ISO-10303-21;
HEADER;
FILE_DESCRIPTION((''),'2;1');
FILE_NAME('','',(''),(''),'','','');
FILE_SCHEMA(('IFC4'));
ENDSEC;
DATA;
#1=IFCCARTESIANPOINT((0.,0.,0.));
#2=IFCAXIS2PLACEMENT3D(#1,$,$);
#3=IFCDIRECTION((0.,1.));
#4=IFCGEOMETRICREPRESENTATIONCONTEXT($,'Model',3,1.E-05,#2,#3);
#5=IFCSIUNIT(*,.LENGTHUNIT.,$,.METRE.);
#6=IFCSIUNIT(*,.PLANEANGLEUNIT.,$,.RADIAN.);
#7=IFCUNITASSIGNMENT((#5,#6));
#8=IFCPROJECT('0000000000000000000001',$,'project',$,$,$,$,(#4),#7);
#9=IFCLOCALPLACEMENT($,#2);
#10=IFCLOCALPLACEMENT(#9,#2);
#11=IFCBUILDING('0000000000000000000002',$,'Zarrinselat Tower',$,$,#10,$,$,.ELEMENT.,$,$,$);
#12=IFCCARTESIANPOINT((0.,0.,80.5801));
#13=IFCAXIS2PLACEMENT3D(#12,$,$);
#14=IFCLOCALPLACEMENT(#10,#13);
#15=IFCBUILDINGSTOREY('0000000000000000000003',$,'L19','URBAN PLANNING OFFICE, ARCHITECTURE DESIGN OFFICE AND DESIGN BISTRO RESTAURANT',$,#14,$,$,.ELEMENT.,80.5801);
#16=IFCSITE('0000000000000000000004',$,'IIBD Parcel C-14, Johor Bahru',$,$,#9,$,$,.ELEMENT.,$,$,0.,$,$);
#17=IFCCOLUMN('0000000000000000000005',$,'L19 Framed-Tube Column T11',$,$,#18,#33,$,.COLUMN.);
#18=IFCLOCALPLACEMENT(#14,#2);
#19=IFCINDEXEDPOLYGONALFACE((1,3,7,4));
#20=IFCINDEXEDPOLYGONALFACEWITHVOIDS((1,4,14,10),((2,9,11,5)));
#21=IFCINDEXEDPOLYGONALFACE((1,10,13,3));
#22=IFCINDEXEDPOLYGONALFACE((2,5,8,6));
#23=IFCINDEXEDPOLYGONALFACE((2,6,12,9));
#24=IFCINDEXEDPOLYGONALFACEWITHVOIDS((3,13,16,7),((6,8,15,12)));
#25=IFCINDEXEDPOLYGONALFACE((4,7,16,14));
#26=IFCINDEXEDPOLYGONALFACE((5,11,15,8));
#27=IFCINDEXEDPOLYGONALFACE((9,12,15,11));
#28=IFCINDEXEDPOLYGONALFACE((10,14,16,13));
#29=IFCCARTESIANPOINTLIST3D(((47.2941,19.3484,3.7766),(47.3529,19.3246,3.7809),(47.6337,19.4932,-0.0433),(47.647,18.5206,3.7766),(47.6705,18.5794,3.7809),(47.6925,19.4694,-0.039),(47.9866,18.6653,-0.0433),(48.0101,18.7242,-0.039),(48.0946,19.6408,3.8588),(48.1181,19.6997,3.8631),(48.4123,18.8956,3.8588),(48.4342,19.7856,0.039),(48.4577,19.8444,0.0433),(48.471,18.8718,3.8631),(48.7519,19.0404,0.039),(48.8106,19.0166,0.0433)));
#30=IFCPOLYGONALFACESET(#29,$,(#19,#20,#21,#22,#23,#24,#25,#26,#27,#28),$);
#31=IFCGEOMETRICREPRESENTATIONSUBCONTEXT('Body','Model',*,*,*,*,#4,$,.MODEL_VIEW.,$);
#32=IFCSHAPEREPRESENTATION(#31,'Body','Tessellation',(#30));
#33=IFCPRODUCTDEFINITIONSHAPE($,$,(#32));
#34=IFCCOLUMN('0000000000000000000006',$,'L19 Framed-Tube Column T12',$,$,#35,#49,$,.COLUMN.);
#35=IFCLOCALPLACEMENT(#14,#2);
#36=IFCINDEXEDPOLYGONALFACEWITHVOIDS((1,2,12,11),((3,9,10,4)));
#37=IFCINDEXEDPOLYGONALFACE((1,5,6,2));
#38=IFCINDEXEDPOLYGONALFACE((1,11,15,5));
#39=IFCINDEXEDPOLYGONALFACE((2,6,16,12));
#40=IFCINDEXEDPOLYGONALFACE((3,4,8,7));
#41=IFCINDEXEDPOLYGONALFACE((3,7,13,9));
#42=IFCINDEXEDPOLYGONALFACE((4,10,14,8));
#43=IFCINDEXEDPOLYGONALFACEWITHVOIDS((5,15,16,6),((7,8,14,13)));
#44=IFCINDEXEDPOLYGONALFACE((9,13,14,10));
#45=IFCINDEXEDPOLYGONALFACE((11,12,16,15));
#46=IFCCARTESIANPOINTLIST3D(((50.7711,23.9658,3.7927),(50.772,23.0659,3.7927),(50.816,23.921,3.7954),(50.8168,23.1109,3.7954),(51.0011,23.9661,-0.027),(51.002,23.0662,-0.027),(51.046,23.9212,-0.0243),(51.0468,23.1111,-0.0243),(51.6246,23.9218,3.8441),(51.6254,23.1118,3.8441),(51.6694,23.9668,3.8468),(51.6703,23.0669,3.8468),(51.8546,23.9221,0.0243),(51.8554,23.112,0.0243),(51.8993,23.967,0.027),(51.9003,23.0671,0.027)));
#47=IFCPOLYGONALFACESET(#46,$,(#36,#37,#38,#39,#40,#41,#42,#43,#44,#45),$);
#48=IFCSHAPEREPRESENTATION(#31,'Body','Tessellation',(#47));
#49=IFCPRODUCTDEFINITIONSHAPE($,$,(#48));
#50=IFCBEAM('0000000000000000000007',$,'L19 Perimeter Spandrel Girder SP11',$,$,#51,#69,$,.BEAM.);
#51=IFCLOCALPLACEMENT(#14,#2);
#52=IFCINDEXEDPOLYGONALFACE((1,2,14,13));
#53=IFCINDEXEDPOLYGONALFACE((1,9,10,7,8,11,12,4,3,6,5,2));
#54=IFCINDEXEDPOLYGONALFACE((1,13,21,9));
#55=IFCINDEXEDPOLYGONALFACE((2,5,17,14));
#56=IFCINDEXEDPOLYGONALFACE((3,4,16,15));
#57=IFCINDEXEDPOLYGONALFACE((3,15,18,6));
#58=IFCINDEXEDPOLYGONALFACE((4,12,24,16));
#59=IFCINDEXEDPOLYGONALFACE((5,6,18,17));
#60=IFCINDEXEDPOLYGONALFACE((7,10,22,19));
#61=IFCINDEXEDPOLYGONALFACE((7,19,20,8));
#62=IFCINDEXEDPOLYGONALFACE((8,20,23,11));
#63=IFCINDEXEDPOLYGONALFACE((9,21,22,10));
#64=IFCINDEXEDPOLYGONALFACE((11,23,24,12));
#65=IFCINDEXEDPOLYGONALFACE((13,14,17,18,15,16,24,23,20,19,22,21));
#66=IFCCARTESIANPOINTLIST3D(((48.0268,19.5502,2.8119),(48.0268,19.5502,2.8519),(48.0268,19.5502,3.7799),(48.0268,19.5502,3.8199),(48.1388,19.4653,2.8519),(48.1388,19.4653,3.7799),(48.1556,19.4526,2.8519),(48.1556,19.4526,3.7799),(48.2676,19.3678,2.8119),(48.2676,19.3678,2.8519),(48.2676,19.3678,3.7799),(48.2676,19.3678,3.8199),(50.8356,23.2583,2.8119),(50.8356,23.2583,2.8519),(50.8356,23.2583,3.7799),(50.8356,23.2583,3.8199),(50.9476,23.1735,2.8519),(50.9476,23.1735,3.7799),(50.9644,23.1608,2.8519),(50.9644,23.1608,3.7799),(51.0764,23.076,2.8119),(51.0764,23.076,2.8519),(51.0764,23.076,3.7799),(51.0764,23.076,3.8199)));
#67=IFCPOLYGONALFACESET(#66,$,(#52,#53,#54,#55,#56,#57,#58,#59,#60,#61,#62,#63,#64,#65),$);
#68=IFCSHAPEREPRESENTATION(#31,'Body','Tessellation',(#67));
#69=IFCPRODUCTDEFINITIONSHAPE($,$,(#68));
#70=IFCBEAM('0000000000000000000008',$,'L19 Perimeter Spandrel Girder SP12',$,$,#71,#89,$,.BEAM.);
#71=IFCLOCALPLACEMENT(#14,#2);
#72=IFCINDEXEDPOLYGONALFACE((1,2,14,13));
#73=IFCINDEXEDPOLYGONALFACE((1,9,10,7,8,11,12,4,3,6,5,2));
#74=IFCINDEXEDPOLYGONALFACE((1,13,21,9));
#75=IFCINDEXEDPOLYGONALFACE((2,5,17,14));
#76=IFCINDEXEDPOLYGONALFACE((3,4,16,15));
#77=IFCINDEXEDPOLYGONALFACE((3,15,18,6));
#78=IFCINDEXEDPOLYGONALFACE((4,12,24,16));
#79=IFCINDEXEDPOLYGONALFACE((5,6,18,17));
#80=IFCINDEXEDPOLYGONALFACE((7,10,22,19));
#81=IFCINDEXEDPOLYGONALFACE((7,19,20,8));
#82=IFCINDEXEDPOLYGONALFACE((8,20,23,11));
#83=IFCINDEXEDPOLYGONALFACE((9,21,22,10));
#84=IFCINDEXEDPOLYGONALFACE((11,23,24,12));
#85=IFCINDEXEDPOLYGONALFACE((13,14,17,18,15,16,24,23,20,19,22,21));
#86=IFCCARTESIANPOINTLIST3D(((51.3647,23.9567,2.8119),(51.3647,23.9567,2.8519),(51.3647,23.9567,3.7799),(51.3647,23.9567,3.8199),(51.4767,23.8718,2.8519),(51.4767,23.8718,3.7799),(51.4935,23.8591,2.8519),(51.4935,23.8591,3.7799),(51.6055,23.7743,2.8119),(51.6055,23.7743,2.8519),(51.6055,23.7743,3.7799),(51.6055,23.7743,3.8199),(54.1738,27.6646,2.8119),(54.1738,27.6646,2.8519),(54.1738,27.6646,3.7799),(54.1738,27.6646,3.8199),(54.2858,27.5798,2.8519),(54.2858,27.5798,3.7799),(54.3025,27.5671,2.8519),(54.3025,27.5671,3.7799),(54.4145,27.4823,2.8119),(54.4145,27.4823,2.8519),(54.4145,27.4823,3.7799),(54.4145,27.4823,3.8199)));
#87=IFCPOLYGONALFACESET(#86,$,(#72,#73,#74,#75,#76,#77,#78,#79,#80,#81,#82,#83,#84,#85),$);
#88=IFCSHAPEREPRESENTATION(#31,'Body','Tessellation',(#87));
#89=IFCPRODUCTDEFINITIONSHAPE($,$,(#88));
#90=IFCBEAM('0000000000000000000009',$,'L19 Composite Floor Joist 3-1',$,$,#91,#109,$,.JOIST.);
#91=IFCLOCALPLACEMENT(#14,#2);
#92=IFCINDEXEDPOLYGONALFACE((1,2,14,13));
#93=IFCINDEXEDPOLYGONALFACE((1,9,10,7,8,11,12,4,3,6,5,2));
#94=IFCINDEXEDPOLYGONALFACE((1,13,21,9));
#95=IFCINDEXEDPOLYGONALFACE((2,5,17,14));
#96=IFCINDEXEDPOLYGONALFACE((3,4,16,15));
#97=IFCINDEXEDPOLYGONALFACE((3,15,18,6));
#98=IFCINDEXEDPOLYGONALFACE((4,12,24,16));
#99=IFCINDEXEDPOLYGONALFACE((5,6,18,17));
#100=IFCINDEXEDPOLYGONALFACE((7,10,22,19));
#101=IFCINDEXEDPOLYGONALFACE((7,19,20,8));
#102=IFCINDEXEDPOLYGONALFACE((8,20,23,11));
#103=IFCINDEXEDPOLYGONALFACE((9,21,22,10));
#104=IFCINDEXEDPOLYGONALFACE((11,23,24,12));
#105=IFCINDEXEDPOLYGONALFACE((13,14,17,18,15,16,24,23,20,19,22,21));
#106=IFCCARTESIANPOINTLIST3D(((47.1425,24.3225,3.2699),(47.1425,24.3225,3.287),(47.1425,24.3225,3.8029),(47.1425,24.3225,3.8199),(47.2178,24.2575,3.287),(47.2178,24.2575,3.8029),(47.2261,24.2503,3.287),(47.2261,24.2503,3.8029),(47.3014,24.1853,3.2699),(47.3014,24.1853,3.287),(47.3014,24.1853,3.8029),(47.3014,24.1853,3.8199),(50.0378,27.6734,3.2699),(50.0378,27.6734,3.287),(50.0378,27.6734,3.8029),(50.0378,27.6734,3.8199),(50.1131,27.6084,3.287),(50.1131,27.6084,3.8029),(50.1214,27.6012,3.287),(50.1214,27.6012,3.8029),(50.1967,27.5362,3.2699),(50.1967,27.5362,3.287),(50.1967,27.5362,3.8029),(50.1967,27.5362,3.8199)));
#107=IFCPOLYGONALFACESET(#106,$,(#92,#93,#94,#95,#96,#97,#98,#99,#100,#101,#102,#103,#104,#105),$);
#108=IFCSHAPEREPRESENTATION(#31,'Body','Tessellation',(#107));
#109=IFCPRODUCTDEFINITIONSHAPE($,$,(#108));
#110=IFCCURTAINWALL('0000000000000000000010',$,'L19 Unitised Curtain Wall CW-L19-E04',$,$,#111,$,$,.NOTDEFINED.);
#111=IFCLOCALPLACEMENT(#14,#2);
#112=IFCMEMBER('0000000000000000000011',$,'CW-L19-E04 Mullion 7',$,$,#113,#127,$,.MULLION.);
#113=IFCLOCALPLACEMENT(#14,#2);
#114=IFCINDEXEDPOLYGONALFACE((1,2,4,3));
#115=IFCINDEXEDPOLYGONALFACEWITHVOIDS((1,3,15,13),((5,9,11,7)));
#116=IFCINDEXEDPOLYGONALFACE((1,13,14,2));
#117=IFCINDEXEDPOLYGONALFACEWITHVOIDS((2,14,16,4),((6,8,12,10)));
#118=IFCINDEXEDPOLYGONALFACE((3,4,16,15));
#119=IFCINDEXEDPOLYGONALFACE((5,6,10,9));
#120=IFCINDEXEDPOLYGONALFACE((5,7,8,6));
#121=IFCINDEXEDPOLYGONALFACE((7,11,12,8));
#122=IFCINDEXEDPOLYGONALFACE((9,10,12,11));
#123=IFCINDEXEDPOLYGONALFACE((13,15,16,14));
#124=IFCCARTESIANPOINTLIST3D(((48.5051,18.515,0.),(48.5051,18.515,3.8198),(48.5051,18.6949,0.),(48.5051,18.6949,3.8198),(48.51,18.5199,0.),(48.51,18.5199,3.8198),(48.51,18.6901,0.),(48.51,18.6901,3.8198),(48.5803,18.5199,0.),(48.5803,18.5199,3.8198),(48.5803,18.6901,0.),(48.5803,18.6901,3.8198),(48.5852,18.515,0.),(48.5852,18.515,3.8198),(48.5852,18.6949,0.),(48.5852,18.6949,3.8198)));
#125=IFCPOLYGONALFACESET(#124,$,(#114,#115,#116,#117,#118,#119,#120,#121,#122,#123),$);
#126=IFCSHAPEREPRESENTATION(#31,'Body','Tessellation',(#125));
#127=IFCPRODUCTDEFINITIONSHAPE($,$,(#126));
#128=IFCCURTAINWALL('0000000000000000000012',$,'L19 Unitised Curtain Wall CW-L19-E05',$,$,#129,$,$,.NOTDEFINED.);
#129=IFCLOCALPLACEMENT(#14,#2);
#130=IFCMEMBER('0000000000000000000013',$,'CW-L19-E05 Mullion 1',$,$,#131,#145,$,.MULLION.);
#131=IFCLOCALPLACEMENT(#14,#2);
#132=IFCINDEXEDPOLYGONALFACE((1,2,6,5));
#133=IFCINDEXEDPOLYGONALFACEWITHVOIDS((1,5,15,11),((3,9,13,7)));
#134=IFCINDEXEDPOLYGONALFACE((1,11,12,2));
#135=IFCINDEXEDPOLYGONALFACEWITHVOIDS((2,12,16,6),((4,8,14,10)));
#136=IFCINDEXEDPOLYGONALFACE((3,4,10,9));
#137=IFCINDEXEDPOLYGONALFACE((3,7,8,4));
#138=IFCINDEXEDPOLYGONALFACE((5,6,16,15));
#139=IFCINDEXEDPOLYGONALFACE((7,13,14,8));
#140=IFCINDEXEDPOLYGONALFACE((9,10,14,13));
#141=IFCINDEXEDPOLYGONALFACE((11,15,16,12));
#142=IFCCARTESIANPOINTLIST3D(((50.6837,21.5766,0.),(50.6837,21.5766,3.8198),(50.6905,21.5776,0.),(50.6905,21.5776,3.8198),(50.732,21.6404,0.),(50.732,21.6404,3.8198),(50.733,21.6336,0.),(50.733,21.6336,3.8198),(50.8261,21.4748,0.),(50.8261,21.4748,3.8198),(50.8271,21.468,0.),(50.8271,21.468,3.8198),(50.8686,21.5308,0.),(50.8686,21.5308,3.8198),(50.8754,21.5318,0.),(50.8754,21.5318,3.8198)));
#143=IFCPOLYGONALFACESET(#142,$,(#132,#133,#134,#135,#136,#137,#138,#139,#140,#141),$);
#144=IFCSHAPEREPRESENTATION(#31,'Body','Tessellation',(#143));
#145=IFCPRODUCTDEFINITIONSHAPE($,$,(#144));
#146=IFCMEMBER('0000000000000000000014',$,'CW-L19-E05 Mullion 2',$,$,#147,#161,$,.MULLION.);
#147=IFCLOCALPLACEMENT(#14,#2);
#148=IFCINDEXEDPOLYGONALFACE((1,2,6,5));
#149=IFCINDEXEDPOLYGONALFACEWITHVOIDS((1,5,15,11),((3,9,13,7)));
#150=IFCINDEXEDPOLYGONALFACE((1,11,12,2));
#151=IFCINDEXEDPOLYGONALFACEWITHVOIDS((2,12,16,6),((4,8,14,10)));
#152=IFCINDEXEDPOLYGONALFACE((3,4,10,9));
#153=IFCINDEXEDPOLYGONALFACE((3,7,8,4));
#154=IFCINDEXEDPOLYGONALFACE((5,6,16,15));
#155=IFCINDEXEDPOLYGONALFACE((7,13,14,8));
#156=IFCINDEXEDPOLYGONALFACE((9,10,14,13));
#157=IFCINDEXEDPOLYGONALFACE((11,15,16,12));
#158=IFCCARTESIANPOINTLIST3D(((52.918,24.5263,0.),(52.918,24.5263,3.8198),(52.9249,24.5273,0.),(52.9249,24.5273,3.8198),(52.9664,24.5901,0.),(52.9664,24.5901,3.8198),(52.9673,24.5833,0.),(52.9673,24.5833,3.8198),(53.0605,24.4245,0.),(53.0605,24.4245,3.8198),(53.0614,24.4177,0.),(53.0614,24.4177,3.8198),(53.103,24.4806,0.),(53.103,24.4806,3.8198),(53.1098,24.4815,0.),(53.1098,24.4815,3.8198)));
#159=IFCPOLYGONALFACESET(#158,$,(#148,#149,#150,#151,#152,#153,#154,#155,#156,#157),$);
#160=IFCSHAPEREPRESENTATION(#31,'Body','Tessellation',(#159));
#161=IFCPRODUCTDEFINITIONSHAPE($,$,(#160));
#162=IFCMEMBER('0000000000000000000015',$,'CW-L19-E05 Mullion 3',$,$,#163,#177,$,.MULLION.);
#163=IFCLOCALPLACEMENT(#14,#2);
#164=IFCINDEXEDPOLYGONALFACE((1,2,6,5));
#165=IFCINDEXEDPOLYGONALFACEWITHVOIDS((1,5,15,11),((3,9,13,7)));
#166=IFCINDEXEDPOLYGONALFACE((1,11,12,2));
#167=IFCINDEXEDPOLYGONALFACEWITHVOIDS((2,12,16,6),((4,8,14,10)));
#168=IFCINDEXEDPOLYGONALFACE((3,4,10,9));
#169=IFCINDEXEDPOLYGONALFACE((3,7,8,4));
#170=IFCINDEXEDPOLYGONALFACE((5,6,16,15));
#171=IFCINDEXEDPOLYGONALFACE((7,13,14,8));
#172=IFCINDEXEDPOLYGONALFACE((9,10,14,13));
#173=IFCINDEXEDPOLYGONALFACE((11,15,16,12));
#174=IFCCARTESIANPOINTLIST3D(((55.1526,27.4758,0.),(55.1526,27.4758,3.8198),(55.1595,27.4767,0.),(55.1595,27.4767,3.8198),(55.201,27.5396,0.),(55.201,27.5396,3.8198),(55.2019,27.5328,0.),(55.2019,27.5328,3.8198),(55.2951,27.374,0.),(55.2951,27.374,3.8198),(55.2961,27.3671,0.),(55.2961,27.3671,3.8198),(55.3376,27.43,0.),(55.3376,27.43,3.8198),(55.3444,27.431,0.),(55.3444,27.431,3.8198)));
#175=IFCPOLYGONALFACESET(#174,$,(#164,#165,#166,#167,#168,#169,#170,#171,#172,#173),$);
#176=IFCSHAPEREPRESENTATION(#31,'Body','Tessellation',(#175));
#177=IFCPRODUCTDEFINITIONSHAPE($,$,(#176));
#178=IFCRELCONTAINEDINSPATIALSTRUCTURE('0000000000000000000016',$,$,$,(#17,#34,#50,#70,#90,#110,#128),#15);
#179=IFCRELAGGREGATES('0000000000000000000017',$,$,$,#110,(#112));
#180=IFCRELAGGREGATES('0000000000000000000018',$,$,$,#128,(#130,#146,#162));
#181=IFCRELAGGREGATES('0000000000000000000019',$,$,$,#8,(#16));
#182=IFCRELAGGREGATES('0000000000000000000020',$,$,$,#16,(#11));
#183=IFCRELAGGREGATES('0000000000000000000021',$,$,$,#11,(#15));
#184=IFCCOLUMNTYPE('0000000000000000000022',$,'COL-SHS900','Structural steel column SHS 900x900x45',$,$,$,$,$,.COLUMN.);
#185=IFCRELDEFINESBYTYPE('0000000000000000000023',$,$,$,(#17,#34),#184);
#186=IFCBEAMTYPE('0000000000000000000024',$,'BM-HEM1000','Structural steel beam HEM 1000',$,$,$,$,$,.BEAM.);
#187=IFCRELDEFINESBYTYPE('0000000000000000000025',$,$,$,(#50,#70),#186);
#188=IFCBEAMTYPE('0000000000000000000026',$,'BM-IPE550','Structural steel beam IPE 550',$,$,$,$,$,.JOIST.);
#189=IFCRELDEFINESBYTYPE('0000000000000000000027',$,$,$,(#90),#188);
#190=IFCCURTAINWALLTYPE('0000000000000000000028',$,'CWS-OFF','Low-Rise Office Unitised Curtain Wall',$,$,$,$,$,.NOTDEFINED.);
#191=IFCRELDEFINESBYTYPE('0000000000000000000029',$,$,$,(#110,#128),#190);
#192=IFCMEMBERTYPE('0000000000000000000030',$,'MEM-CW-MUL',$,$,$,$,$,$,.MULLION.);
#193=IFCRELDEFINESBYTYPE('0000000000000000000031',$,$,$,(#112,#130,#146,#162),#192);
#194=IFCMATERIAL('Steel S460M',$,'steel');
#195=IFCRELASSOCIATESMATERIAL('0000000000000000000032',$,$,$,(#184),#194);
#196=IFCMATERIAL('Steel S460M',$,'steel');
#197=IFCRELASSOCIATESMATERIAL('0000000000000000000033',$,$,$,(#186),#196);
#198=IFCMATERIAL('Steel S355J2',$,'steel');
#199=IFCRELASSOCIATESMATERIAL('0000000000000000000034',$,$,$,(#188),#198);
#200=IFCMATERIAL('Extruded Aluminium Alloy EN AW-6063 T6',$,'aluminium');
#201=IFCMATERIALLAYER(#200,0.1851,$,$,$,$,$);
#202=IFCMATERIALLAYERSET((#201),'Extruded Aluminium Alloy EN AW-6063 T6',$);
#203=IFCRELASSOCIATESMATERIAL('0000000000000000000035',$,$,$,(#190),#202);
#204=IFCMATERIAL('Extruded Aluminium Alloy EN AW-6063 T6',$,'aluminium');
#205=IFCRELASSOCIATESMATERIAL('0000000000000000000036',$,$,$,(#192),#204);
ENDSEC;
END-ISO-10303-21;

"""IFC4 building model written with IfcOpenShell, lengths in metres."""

from ifc_helpers import new_model, si_unit, direction, frame, origin, origin_2d, place, context, subcontext, project, spatial, hollow_rectangle, i_section, extrude, material, layer, layer_set, material_profile, profile_set, type_object, element, aggregate, save


model = new_model("IFC4")

# Units and contexts
model_context = context("Model", 3, precision=1e-05, world=origin(), true_north=direction((0.0, 1.0)))
body_context = subcontext(model_context, "Body", "Model", "MODEL_VIEW")
ifc_project = project(units=[si_unit("LENGTHUNIT", "METRE"), si_unit("PLANEANGLEUNIT", "RADIAN")], contexts=[model_context])

# Site, building, storey
site_placement = place(None, origin())
site = spatial("IfcSite", under=ifc_project, at=site_placement, Name="IIBD Parcel C-14, Johor Bahru", CompositionType="ELEMENT", RefElevation=0.0)
building_placement = place(site_placement, origin())
building = spatial("IfcBuilding", under=site, at=building_placement, Name="Zarrinselat Tower", CompositionType="ELEMENT")
storey_placement = place(building_placement, frame((0.0, 0.0, 80.5801)))
storey = spatial("IfcBuildingStorey", under=building, at=storey_placement, Name="L19", Description="URBAN PLANNING OFFICE, ARCHITECTURE DESIGN OFFICE AND DESIGN BISTRO RESTAURANT", CompositionType="ELEMENT", Elevation=80.5801)

# Columns
ifc_material_1 = material(Name="Steel S460M", Category="steel")
ifc_material_profile_1 = material_profile(ifc_material_1, hollow_rectangle(XDim=0.8999, YDim=0.8999, WallThickness=0.0449, at=origin_2d()), Name="SHS 900x900x45")
ifc_profile_set_1 = profile_set([ifc_material_profile_1], Name="Steel S460M")
column_type = type_object("IfcColumnType", Name="COL-SHS900", Description="Structural steel column SHS 900x900x45", PredefinedType="COLUMN", material=ifc_profile_set_1)
column_1_placement = place(storey_placement, frame((48.2222, 19.2549, 0.0), z_axis=(-0.088492, -0.037725, 0.995362), x_axis=(0.392163, -0.919896, 0.0)))
element("IfcColumn", 1, at=column_1_placement, inside=storey, type_object=column_type, Name="L19 Framed-Tube Column T11", PredefinedType="COLUMN", context=body_context, shape_type="SweptSolid", body=[
    extrude(hollow_rectangle(XDim=0.8999, YDim=0.8999, WallThickness=0.0449, at=origin_2d()), origin(), (0.0, 0.0, 1.0), 3.8376),
])
column_2_placement = place(storey_placement, frame((51.4507, 23.5166, 0.0), z_axis=(-0.060098, -0.000064, 0.998192), x_axis=(0.001062, -0.999999, 0.0)))
element("IfcColumn", 2, at=column_2_placement, inside=storey, type_object=column_type, Name="L19 Framed-Tube Column T12", PredefinedType="COLUMN", context=body_context, shape_type="SweptSolid", body=[
    extrude(hollow_rectangle(XDim=0.8999, YDim=0.8999, WallThickness=0.0449, at=origin_2d()), origin(), (0.0, 0.0, 1.0), 3.8267),
])

# Beams
ifc_material_2 = material(Name="Steel S460M", Category="steel")
ifc_material_profile_2 = material_profile(ifc_material_2, i_section(OverallWidth=0.302, OverallDepth=1.0081, WebThickness=0.021, FlangeThickness=0.04, at=origin_2d()), Name="HEM 1000")
ifc_profile_set_2 = profile_set([ifc_material_profile_2], Name="Steel S460M")
beam_type_1 = type_object("IfcBeamType", Name="BM-HEM1000", Description="Structural steel beam HEM 1000", PredefinedType="BEAM", material=ifc_profile_set_2)
for number, where, z_axis, x_axis, name in (
    (3, (48.1472, 19.459, 3.3159), (0.603797, 0.797138, 0.0), (-0.797138, 0.603797, 0.0), "L19 Perimeter Spandrel Girder SP11"),
    (4, (51.4851, 23.8655, 3.3159), (0.603856, 0.797094, 0.0), (-0.797094, 0.603856, 0.0), "L19 Perimeter Spandrel Girder SP12"),
):
    element("IfcBeam", number, at=place(storey_placement, frame(where, z_axis=z_axis, x_axis=x_axis)), inside=storey, type_object=beam_type_1, Name=name, PredefinedType="BEAM", context=body_context, shape_type="SweptSolid", body=[
        extrude(i_section(OverallWidth=0.302, OverallDepth=1.0081, WebThickness=0.021, FlangeThickness=0.04, at=origin_2d()), origin(), (0.0, 0.0, 1.0), 4.6519),
    ])
ifc_material_3 = material(Name="Steel S355J2", Category="steel")
ifc_material_profile_3 = material_profile(ifc_material_3, i_section(OverallWidth=0.21, OverallDepth=0.55, WebThickness=0.011, FlangeThickness=0.0171, at=origin_2d()), Name="IPE 550")
ifc_profile_set_3 = profile_set([ifc_material_profile_3], Name="Steel S355J2")
beam_type_2 = type_object("IfcBeamType", Name="BM-IPE550", Description="Structural steel beam IPE 550", PredefinedType="JOIST", material=ifc_profile_set_3)
beam_placement = place(storey_placement, frame((47.2219, 24.2539, 3.5449), z_axis=(0.653796, 0.756671, 0.0), x_axis=(-0.756671, 0.653796, 0.0)))
element("IfcBeam", 5, at=beam_placement, inside=storey, type_object=beam_type_2, Name="L19 Composite Floor Joist 3-1", PredefinedType="JOIST", context=body_context, shape_type="SweptSolid", body=[
    extrude(i_section(OverallWidth=0.21, OverallDepth=0.55, WebThickness=0.011, FlangeThickness=0.0171, at=origin_2d()), origin(), (0.0, 0.0, 1.0), 4.4285),
])

# Curtain wall, member
ifc_material_4 = material(Name="Extruded Aluminium Alloy EN AW-6063 T6", Category="aluminium")
ifc_layer_1 = layer(ifc_material_4, 0.1851)
ifc_layer_set_1 = layer_set([ifc_layer_1], Name="Extruded Aluminium Alloy EN AW-6063 T6")
curtain_wall_type = type_object("IfcCurtainWallType", Name="CWS-OFF", Description="Low-Rise Office Unitised Curtain Wall", PredefinedType="NOTDEFINED", material=ifc_layer_set_1)
curtain_wall_1_placement = place(storey_placement, origin())
curtain_wall_1 = element("IfcCurtainWall", 6, at=curtain_wall_1_placement, inside=storey, type_object=curtain_wall_type, Name="L19 Unitised Curtain Wall CW-L19-E04", PredefinedType="NOTDEFINED")
ifc_material_5 = material(Name="Extruded Aluminium Alloy EN AW-6063 T6", Category="aluminium")
ifc_material_profile_4 = material_profile(ifc_material_5, hollow_rectangle(XDim=0.0801, YDim=0.1799, WallThickness=0.0049, at=origin_2d()), Name="RHS 180x80x5")
ifc_profile_set_4 = profile_set([ifc_material_profile_4], Name="Extruded Aluminium Alloy EN AW-6063 T6")
member_type_1 = type_object("IfcMemberType", Name="MEM-CW-MUL", PredefinedType="MULLION", material=ifc_profile_set_4)
member_1_placement = place(storey_placement, frame((48.5452, 18.605, 0.0), z_axis=(0.0, 0.0, 1.0), x_axis=(1.0, 0.0, 0.0)))
member_1 = element("IfcMember", 7, at=member_1_placement, type_object=member_type_1, Name="CW-L19-E04 Mullion 7", PredefinedType="MULLION", context=body_context, shape_type="SweptSolid", body=[
    extrude(hollow_rectangle(XDim=0.0801, YDim=0.1799, WallThickness=0.0049, at=origin_2d()), origin(), (0.0, 0.0, 1.0), 3.8198),
])

# Curtain wall, members
curtain_wall_2_placement = place(storey_placement, origin())
curtain_wall_2 = element("IfcCurtainWall", 8, at=curtain_wall_2_placement, inside=storey, type_object=curtain_wall_type, Name="L19 Unitised Curtain Wall CW-L19-E05", PredefinedType="NOTDEFINED")
member_2_placement = place(storey_placement, frame((50.7795, 21.5542, 0.0), z_axis=(0.0, 0.0, 1.0), x_axis=(0.603855, 0.797094, 0.0)))
member_2 = element("IfcMember", 9, at=member_2_placement, type_object=member_type_1, Name="CW-L19-E05 Mullion 1", PredefinedType="MULLION", context=body_context, shape_type="SweptSolid", body=[
    extrude(hollow_rectangle(XDim=0.0801, YDim=0.1799, WallThickness=0.0049, at=origin_2d()), origin(), (0.0, 0.0, 1.0), 3.8198),
])
member_3_placement = place(storey_placement, frame((53.0139, 24.5039, 0.0), z_axis=(0.0, 0.0, 1.0), x_axis=(0.603855, 0.797094, 0.0)))
member_3 = element("IfcMember", 10, at=member_3_placement, type_object=member_type_1, Name="CW-L19-E05 Mullion 2", PredefinedType="MULLION", context=body_context, shape_type="SweptSolid", body=[
    extrude(hollow_rectangle(XDim=0.0801, YDim=0.1799, WallThickness=0.0049, at=origin_2d()), origin(), (0.0, 0.0, 1.0), 3.8198),
])
member_4_placement = place(storey_placement, frame((55.2485, 27.4534, 0.0), z_axis=(0.0, 0.0, 1.0), x_axis=(0.603855, 0.797094, 0.0)))
member_4 = element("IfcMember", 11, at=member_4_placement, type_object=member_type_1, Name="CW-L19-E05 Mullion 3", PredefinedType="MULLION", context=body_context, shape_type="SweptSolid", body=[
    extrude(hollow_rectangle(XDim=0.0801, YDim=0.1799, WallThickness=0.0049, at=origin_2d()), origin(), (0.0, 0.0, 1.0), 3.8198),
])

aggregate(curtain_wall_1, [member_1])
aggregate(curtain_wall_2, [member_2, member_3, member_4])

save(model, "model.ifc")
